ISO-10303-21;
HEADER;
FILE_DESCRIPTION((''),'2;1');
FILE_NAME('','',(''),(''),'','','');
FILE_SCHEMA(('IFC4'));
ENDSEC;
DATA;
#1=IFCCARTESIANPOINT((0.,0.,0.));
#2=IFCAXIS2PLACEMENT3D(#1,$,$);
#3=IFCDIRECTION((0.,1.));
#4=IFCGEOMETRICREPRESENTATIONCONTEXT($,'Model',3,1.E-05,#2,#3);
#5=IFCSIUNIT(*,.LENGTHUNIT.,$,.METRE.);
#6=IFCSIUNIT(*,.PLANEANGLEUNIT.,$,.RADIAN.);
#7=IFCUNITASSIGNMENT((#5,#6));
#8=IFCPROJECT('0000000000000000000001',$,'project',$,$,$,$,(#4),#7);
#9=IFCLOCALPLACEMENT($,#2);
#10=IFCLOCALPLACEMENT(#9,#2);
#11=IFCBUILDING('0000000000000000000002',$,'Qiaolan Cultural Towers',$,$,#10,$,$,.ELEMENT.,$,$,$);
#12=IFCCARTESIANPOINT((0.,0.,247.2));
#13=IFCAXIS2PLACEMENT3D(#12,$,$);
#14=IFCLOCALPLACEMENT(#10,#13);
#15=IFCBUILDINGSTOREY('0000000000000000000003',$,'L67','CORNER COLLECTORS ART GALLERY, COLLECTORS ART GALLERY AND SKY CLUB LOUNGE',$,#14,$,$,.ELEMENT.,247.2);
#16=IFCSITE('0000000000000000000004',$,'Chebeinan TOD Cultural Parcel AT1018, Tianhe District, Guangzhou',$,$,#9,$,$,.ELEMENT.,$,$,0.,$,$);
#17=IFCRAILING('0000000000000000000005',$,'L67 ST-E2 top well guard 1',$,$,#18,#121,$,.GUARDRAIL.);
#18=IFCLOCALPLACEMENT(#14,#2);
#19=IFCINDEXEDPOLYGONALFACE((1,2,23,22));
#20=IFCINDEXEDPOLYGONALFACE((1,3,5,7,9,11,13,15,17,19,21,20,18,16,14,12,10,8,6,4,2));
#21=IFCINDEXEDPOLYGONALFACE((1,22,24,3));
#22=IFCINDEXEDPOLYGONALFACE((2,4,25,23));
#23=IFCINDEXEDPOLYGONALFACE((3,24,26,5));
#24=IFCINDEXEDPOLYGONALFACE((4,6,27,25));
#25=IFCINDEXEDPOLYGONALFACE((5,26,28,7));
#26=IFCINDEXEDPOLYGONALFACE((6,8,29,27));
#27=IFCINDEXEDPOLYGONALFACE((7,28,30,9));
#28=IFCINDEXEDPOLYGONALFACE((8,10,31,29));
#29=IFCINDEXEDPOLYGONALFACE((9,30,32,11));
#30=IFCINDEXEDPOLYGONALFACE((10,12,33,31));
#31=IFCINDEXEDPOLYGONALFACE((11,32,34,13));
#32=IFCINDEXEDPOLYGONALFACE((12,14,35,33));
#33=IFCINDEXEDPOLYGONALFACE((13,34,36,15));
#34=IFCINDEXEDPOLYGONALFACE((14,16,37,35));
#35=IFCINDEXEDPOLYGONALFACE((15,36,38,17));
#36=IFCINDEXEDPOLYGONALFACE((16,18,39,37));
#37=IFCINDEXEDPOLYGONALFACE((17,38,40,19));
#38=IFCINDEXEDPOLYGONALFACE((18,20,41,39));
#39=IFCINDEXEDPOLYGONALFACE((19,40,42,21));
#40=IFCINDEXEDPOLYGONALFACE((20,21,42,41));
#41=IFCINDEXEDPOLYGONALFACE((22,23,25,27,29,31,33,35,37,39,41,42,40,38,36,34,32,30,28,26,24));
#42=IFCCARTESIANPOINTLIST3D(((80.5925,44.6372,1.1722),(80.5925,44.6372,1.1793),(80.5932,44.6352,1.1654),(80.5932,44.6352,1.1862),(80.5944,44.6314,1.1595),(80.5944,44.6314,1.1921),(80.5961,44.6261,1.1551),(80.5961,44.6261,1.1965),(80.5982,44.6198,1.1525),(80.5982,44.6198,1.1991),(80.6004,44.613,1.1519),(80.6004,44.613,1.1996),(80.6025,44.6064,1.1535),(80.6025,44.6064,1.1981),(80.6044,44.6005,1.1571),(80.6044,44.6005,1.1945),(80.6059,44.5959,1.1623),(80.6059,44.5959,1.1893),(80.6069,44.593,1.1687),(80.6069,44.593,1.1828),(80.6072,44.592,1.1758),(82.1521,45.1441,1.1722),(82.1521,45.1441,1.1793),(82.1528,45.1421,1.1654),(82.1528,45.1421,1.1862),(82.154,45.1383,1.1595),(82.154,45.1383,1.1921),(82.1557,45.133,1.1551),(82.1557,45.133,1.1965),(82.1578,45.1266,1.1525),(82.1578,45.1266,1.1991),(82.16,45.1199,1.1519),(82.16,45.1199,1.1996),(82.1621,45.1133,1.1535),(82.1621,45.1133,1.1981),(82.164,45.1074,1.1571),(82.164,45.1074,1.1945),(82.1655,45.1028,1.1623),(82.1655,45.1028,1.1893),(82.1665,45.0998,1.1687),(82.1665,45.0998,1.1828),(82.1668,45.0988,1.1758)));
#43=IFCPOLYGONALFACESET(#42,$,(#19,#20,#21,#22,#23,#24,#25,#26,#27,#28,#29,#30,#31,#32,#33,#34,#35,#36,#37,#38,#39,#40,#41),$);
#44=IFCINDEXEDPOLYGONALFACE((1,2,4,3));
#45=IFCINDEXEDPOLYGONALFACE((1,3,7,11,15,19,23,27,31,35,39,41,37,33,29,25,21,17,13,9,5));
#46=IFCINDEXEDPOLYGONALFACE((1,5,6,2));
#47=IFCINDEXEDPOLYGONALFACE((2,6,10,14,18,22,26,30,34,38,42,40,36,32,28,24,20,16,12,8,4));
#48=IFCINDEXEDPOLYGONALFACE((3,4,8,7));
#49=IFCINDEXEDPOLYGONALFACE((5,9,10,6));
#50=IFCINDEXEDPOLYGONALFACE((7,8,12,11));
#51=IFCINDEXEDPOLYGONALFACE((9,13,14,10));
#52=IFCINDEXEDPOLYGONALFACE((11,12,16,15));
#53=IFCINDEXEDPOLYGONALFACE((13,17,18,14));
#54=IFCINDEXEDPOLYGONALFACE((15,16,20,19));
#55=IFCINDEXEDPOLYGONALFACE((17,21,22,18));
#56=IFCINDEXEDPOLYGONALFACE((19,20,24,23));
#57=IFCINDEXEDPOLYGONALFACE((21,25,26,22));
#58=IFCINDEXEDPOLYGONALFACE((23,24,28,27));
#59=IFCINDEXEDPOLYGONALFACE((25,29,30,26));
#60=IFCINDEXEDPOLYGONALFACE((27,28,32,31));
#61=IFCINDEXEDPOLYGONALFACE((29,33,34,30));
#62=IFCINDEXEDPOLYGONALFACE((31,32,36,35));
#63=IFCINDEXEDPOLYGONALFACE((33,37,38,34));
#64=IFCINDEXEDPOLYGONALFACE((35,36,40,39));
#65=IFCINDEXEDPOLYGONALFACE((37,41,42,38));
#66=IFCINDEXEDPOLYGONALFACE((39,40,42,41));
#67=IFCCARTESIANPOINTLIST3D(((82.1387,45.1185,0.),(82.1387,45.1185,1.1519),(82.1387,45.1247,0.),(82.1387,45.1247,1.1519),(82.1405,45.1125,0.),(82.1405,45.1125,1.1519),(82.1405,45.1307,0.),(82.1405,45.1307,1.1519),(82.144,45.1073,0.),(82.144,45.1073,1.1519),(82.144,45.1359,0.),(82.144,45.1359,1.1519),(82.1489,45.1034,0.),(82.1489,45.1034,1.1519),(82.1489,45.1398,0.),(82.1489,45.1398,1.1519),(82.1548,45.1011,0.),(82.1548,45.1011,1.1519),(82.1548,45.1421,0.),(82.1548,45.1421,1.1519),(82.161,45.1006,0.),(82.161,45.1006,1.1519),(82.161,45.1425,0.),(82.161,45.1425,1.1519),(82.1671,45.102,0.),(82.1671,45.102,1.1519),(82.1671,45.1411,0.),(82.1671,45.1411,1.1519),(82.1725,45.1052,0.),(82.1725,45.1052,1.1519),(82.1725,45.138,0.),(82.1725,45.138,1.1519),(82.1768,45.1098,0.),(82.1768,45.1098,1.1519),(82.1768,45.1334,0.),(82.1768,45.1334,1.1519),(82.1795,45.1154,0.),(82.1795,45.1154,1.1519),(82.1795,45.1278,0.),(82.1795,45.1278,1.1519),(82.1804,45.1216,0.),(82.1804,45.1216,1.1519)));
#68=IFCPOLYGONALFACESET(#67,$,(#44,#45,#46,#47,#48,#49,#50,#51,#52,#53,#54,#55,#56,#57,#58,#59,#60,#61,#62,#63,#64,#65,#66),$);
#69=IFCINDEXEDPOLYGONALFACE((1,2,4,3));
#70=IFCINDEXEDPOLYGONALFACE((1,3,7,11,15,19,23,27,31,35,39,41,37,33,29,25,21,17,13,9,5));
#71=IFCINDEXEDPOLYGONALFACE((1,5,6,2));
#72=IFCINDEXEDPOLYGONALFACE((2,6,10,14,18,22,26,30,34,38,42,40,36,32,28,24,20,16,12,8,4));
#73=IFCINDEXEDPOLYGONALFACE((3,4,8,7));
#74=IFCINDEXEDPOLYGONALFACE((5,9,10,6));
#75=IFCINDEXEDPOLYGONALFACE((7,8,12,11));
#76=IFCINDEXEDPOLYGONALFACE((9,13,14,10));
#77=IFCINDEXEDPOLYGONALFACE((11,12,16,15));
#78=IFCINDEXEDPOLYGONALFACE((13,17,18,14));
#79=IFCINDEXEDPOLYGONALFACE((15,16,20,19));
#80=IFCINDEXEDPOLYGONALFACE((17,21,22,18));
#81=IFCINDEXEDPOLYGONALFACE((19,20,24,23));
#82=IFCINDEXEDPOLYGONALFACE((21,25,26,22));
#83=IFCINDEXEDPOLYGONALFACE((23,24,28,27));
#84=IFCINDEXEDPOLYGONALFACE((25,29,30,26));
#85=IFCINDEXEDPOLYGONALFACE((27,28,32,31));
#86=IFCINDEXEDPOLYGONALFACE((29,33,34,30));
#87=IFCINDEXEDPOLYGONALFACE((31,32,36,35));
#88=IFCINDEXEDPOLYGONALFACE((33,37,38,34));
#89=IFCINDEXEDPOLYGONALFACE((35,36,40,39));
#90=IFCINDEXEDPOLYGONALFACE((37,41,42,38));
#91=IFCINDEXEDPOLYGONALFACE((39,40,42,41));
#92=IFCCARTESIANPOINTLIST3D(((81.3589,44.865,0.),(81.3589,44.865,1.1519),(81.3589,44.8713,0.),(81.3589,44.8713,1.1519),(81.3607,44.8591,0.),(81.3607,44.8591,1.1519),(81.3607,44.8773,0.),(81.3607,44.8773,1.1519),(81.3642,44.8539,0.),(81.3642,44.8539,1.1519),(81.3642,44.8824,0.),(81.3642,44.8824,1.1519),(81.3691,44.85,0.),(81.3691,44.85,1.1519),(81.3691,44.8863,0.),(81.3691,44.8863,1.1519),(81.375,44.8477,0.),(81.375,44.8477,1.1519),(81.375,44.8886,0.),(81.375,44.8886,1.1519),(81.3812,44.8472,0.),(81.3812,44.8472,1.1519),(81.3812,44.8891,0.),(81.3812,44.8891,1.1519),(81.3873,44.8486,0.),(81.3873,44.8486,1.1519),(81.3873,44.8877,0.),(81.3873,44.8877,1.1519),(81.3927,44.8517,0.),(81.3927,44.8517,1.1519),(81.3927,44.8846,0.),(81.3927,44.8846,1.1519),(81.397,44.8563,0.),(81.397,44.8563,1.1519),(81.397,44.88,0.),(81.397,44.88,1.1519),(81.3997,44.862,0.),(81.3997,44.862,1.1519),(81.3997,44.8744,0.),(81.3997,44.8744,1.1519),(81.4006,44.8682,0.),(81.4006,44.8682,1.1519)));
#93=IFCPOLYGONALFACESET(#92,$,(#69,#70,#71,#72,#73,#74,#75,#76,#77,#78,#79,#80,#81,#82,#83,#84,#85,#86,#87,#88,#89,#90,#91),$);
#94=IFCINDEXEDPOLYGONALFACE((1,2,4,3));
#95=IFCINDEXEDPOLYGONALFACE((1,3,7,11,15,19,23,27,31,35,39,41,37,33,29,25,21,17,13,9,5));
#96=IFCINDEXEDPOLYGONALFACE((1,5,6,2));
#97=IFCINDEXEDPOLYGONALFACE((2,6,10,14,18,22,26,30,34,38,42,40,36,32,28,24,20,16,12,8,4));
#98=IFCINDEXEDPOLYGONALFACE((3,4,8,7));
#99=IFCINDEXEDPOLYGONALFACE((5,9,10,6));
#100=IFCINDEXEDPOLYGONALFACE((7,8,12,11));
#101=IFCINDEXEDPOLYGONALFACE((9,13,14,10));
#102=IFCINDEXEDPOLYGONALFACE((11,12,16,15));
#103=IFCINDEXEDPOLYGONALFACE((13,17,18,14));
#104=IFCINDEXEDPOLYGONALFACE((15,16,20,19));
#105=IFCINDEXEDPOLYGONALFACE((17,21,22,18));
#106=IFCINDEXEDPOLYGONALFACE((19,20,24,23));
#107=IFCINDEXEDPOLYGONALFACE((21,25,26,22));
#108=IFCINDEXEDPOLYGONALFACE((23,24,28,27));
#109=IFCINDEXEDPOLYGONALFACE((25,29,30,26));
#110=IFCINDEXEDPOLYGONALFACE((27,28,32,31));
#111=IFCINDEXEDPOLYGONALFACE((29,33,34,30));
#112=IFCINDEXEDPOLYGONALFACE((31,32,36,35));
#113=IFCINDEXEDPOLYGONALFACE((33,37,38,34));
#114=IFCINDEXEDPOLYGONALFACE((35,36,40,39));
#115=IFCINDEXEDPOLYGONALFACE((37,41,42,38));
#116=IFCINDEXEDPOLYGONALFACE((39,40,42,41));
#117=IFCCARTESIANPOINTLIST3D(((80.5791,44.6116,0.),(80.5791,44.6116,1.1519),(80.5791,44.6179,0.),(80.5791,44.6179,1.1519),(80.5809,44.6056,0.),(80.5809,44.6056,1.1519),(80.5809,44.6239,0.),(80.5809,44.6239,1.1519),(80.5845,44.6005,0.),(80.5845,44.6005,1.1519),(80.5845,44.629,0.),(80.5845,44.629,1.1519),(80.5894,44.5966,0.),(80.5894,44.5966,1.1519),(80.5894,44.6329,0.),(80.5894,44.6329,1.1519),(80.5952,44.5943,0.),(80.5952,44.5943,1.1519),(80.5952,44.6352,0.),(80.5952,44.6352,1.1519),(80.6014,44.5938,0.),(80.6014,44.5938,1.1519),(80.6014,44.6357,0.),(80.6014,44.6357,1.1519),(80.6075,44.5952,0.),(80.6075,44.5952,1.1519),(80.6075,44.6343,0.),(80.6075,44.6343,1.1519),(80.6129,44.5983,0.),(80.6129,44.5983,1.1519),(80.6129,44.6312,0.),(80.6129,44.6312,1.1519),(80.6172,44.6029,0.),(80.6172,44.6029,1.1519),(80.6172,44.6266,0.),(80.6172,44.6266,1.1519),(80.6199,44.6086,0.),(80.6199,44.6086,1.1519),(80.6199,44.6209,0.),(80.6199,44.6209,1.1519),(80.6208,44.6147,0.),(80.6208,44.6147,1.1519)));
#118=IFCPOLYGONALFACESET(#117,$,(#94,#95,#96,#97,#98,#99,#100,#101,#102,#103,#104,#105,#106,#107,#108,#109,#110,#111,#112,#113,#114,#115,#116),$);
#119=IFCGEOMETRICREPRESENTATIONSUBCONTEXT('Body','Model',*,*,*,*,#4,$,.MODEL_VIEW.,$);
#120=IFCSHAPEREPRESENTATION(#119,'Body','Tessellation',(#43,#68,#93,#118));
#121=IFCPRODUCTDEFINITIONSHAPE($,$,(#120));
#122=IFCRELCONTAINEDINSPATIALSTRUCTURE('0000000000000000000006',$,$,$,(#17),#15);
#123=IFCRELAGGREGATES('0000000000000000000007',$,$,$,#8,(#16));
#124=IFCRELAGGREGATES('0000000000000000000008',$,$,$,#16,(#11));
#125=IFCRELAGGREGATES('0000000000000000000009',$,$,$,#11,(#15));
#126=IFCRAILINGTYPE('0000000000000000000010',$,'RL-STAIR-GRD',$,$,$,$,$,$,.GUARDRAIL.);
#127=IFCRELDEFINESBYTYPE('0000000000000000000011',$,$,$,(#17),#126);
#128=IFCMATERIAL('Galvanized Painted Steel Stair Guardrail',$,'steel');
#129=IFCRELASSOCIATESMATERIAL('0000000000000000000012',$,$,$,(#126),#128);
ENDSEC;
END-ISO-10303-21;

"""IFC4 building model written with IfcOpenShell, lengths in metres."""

from ifc_helpers import new_model, si_unit, direction, frame, origin, origin_2d, place, context, subcontext, project, spatial, circle, extrude, material, type_object, element, save


model = new_model("IFC4")

# Units and contexts
model_context = context("Model", 3, precision=1e-05, world=origin(), true_north=direction((0.0, 1.0)))
body_context = subcontext(model_context, "Body", "Model", "MODEL_VIEW")
ifc_project = project(units=[si_unit("LENGTHUNIT", "METRE"), si_unit("PLANEANGLEUNIT", "RADIAN")], contexts=[model_context])

# Site, building, storey
site_placement = place(None, origin())
site = spatial("IfcSite", under=ifc_project, at=site_placement, Name="Chebeinan TOD Cultural Parcel AT1018, Tianhe District, Guangzhou", CompositionType="ELEMENT", RefElevation=0.0)
building_placement = place(site_placement, origin())
building = spatial("IfcBuilding", under=site, at=building_placement, Name="Qiaolan Cultural Towers", CompositionType="ELEMENT")
storey_placement = place(building_placement, frame((0.0, 0.0, 247.2)))
storey = spatial("IfcBuildingStorey", under=building, at=storey_placement, Name="L67", Description="CORNER COLLECTORS ART GALLERY, COLLECTORS ART GALLERY AND SKY CLUB LOUNGE", CompositionType="ELEMENT", Elevation=247.2)

# Railing
ifc_material_1 = material(Name="Galvanized Painted Steel Stair Guardrail", Category="steel")
railing_type = type_object("IfcRailingType", Name="RL-STAIR-GRD", PredefinedType="GUARDRAIL", material=ifc_material_1)
railing_placement = place(storey_placement, frame((82.1594, 45.1216, 0.0)))
element("IfcRailing", 1, at=railing_placement, inside=storey, type_object=railing_type, Name="L67 ST-E2 top well guard 1", PredefinedType="GUARDRAIL", context=body_context, shape_type="SweptSolid", body=[
    extrude(circle(Radius=0.0239, at=origin_2d()), frame((0.0, 0.0, 1.1758), z_axis=(-0.951038, -0.309073, 0.0), x_axis=(0.309073, -0.951038, 0.0)), (0.0, 0.0, 1.0), 1.6399),
    extrude(circle(Radius=0.021, at=origin_2d()), origin(), (0.0, 0.0, 1.0), 1.1519),
    extrude(circle(Radius=0.021, at=origin_2d()), frame((-0.7798, -0.2534, 0.0)), (0.0, 0.0, 1.0), 1.1519),
    extrude(circle(Radius=0.021, at=origin_2d()), frame((-1.5596, -0.5068, 0.0)), (0.0, 0.0, 1.0), 1.1519),
])

save(model, "model.ifc")
